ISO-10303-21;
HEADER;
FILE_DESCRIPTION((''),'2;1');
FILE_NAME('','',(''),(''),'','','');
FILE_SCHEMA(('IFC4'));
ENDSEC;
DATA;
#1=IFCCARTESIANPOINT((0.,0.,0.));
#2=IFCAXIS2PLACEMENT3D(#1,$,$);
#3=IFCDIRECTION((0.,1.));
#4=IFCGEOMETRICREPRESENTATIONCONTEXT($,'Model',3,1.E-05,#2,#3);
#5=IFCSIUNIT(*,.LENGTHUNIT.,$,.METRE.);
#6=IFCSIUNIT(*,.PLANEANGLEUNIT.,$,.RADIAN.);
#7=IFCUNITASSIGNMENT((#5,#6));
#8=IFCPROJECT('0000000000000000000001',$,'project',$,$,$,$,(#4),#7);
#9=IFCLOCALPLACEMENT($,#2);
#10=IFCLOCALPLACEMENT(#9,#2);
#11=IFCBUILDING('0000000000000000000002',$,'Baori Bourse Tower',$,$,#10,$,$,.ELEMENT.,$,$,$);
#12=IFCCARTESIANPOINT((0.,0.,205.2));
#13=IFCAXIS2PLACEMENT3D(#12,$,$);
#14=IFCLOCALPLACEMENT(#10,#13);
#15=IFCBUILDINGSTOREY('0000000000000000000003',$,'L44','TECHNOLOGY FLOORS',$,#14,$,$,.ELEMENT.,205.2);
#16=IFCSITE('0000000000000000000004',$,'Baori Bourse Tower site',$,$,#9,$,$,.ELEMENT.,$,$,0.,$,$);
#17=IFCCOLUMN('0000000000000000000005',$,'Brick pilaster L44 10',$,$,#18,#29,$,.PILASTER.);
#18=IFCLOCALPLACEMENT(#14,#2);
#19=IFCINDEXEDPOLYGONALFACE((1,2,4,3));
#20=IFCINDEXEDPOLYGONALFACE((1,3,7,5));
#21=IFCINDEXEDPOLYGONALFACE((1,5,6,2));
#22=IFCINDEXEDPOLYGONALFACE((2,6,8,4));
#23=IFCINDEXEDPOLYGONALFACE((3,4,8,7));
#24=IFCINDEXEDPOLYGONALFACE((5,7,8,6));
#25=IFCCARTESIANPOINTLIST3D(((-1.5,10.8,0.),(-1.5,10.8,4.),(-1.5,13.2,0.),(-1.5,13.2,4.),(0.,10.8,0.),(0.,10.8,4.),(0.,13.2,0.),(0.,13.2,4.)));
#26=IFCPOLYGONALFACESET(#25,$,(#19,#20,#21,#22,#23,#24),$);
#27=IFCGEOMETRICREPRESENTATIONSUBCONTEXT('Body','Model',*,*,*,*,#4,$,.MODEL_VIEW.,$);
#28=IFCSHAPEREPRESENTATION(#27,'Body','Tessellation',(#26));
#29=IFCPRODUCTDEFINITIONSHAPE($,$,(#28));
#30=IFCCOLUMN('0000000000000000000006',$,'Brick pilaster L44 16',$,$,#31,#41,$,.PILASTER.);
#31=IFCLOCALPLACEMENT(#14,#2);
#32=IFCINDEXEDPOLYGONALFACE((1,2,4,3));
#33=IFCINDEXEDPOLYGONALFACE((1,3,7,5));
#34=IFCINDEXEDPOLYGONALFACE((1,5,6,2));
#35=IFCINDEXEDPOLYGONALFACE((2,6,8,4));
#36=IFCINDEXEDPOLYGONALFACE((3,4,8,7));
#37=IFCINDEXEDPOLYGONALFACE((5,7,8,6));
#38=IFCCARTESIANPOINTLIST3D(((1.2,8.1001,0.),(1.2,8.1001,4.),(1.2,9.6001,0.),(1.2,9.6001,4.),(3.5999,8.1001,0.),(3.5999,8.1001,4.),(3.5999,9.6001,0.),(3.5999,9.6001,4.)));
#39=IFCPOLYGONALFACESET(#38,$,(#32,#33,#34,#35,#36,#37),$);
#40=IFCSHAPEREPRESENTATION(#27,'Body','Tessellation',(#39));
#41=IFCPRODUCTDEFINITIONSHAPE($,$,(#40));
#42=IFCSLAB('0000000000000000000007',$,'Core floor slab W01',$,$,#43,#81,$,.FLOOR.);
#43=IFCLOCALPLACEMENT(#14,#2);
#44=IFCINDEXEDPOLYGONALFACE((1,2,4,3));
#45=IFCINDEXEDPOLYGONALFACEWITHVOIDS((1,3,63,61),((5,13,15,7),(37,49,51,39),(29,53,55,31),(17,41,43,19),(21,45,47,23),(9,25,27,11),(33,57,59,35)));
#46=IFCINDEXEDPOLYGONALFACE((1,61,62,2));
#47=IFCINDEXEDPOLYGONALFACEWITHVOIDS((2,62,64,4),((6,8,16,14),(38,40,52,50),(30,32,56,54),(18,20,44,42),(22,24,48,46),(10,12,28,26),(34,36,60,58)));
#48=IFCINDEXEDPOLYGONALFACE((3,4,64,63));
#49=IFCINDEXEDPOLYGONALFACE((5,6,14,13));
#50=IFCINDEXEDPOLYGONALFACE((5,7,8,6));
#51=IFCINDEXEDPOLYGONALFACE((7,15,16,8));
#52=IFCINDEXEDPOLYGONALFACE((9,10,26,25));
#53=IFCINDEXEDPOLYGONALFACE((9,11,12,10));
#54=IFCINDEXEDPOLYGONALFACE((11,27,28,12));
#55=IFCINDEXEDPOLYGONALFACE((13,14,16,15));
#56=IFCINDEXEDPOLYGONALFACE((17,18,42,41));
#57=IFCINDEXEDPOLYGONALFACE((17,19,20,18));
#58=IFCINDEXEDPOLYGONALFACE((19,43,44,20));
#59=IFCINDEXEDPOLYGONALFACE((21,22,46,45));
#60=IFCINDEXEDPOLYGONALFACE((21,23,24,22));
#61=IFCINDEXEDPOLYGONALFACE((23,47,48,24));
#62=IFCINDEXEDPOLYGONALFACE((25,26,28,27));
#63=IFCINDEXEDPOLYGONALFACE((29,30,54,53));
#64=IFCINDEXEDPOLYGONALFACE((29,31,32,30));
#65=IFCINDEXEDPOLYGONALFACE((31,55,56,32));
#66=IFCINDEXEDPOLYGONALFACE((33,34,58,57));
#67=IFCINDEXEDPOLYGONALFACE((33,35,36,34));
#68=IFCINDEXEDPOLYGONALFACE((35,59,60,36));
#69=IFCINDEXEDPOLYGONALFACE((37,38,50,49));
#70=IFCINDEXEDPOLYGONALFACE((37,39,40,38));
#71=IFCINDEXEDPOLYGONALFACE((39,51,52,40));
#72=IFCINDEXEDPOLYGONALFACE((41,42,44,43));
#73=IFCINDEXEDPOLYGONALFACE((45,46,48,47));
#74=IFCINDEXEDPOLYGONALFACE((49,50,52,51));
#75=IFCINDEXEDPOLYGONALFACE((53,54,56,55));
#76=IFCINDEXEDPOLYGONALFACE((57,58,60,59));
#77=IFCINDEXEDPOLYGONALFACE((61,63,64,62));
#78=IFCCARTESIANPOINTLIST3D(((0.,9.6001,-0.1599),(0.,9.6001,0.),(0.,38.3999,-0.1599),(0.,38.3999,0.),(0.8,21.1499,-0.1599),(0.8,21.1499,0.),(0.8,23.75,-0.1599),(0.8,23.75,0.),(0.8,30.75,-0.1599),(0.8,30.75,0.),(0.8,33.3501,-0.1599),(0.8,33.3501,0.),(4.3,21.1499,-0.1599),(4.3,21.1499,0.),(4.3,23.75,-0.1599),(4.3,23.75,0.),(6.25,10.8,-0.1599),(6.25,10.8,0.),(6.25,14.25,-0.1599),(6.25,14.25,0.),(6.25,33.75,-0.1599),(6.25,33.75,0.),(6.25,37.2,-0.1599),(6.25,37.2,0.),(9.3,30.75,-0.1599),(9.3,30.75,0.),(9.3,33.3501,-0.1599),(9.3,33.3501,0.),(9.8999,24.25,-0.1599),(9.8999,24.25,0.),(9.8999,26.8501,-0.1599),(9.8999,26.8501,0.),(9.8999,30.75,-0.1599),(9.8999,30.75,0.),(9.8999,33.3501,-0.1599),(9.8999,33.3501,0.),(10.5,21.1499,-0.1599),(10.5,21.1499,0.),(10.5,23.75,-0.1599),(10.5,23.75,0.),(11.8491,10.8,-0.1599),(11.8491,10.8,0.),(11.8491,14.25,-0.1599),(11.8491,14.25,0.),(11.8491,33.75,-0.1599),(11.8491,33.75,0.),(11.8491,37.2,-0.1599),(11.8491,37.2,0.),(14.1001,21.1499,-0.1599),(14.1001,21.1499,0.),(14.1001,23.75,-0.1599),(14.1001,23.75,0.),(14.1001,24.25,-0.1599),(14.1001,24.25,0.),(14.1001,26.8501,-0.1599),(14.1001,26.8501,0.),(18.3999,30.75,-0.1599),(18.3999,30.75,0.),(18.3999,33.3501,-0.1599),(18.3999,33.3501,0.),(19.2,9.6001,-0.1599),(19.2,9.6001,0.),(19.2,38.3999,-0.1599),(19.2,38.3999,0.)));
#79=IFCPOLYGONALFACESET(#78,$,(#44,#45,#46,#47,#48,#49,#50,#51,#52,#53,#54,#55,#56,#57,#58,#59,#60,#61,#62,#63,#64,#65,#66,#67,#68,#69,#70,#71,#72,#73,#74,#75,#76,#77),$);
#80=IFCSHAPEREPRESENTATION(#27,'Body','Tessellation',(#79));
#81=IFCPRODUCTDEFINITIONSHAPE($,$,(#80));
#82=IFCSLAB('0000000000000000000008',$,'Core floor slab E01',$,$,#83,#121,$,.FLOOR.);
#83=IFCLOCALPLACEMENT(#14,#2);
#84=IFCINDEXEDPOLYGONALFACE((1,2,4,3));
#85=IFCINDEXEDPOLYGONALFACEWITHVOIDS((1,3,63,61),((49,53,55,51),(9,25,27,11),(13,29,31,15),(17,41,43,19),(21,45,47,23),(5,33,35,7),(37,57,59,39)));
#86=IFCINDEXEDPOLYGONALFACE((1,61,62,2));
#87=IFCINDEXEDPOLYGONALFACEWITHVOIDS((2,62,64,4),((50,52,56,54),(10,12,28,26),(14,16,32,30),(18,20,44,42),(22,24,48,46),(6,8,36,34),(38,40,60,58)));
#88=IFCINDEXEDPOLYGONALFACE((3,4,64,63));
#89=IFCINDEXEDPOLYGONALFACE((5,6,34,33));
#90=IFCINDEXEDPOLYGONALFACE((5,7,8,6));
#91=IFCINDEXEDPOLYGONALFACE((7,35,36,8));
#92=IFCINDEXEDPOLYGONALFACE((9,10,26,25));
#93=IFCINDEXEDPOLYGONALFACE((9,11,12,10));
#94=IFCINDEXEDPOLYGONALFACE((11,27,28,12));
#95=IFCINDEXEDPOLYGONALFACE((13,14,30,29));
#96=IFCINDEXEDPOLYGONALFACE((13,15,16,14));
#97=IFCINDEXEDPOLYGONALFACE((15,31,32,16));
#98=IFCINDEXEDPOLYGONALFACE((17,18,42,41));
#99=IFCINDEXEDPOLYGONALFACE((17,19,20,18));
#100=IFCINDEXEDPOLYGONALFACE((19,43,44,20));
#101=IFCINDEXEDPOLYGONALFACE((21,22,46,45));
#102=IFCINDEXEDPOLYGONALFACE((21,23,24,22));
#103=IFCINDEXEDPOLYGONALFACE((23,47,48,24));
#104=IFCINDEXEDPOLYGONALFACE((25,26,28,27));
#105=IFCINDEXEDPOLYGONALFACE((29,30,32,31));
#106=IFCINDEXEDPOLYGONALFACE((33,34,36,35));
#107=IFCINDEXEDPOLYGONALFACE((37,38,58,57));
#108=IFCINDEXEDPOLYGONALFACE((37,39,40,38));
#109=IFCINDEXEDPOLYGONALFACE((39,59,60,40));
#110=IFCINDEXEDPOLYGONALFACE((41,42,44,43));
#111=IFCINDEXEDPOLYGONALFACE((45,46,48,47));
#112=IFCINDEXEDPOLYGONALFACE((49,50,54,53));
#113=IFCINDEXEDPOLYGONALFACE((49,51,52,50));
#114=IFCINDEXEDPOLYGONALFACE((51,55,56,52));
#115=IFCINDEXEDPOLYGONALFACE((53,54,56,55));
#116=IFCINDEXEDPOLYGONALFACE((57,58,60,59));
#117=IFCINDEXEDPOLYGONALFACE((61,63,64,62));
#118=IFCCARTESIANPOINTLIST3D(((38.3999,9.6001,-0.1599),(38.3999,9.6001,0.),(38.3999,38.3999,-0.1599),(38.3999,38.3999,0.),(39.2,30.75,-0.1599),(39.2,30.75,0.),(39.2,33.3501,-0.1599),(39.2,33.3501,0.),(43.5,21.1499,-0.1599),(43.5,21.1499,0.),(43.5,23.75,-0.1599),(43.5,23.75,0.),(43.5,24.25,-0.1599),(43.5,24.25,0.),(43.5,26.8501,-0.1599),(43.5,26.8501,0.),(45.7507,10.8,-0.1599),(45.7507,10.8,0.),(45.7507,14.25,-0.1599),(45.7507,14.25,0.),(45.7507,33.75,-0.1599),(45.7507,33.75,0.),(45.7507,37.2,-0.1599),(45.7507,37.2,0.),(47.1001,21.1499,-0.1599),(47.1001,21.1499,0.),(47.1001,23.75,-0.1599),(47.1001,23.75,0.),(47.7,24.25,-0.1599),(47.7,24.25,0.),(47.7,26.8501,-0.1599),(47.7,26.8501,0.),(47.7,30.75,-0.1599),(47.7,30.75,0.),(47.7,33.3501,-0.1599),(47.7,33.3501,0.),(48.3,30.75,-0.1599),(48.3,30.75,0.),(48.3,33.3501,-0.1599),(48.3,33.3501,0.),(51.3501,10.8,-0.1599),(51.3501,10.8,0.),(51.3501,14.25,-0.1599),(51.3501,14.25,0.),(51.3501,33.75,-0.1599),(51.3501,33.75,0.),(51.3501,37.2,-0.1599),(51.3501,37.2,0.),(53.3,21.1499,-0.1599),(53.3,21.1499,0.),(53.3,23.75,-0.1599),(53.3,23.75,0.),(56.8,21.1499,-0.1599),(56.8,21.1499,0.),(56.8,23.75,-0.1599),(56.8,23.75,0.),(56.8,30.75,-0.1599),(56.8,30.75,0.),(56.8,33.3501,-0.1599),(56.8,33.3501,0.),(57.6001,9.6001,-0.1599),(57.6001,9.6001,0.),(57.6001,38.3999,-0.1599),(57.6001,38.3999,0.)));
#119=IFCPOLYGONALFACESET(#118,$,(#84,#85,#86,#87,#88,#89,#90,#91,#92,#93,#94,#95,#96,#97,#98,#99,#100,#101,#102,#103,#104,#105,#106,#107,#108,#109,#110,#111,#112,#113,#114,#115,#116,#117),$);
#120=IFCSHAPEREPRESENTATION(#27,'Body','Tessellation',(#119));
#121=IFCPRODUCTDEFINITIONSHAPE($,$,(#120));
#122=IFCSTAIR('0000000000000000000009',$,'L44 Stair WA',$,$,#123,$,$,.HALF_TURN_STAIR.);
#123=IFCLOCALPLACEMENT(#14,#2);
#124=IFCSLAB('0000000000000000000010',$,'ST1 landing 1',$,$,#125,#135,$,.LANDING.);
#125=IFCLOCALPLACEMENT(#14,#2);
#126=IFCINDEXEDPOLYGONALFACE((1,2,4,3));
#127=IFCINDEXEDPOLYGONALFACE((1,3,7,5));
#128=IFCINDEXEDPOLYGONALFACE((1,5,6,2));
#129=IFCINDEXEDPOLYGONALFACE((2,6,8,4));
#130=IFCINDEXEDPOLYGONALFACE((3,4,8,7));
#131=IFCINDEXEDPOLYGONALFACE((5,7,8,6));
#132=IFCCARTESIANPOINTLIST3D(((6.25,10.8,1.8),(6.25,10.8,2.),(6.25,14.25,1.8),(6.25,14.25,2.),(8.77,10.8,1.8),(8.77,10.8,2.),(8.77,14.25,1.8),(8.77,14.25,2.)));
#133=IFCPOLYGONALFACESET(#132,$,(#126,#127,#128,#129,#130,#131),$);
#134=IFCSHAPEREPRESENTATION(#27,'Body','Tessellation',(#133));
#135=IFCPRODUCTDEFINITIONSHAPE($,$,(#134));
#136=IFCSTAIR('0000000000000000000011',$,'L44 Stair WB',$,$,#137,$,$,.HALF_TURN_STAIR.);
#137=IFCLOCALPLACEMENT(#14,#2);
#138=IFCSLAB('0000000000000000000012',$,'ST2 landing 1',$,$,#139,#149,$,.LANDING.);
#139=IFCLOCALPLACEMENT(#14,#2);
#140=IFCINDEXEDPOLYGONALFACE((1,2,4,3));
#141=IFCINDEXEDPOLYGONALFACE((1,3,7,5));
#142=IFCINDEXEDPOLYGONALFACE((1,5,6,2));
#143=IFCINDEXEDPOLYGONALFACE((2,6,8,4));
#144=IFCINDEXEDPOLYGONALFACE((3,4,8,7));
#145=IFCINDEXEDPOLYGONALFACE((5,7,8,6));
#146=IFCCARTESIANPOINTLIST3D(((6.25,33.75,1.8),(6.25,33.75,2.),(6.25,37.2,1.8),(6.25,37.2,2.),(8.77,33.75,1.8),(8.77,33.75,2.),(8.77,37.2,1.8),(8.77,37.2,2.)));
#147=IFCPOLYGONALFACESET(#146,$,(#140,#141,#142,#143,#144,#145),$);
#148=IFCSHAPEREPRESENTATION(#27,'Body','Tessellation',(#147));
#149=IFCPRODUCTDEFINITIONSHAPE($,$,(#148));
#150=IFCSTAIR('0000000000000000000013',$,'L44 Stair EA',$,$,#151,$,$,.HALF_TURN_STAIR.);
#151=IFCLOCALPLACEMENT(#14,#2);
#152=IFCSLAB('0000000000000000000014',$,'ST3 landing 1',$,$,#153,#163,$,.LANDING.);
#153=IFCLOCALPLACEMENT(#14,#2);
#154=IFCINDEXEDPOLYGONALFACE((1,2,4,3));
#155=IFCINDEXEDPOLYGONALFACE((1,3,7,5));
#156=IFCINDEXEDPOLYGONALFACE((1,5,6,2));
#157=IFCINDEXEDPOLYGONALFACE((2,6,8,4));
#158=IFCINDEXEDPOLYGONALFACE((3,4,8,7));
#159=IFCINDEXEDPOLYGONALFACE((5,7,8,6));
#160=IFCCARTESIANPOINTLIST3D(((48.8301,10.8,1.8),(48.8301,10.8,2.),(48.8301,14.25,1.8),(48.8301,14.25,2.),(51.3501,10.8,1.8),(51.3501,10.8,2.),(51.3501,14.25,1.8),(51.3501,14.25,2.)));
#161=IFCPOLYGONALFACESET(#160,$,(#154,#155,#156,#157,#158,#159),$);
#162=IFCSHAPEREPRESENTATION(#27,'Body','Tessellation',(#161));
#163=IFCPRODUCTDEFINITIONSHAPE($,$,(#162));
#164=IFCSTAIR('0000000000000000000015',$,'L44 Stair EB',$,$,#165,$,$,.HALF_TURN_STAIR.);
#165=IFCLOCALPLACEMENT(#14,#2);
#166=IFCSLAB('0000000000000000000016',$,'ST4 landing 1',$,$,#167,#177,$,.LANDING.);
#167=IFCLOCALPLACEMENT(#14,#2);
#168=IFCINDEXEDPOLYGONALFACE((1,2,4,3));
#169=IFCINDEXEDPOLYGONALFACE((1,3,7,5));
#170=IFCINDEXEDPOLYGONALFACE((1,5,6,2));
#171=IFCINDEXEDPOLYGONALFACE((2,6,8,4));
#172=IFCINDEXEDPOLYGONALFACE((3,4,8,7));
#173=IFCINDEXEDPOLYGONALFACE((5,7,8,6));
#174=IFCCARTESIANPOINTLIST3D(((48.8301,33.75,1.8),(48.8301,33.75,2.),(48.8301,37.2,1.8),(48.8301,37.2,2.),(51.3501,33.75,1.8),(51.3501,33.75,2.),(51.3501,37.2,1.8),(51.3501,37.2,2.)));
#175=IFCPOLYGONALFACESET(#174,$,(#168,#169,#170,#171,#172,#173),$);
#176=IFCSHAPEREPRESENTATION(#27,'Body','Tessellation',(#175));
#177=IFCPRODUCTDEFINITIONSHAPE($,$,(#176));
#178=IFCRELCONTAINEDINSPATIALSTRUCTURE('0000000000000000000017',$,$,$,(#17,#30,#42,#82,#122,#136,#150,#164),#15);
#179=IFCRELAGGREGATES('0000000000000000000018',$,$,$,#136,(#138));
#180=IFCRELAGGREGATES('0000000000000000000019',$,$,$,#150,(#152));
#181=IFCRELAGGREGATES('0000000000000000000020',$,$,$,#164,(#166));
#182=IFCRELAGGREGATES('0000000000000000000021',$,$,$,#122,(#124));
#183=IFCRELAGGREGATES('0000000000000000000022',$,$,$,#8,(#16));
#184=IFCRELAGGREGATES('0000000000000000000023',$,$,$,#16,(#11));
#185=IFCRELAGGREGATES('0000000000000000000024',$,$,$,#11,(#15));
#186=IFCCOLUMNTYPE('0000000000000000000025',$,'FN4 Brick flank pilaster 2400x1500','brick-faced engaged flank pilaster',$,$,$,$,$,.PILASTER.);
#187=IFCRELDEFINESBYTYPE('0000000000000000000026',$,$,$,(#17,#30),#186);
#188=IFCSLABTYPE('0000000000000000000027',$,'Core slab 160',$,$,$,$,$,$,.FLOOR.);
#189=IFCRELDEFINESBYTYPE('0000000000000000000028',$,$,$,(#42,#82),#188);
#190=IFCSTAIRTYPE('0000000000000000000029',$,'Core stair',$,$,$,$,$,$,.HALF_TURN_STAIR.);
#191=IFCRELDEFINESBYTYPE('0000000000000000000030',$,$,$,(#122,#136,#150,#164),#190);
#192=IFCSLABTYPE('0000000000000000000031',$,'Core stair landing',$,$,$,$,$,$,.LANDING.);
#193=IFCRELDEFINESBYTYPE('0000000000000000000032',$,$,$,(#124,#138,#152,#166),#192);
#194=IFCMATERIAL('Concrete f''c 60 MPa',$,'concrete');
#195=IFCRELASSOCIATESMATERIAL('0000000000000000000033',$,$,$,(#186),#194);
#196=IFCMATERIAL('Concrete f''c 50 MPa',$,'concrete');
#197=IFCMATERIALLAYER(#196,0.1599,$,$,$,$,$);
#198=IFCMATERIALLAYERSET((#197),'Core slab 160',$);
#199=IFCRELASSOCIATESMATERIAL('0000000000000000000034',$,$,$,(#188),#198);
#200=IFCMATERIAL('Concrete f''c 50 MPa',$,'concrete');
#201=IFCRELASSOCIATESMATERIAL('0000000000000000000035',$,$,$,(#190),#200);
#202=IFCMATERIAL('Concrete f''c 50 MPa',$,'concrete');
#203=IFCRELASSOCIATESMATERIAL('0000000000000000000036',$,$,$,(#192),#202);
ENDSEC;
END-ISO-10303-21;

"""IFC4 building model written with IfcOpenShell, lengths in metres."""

from ifc_helpers import new_model, si_unit, direction, frame, origin, origin_2d, place, context, subcontext, project, spatial, polyline, rectangle, outline, extrude, material, layer, layer_set, material_profile, profile_set, type_object, element, aggregate, save


model = new_model("IFC4")

# Units and contexts
model_context = context("Model", 3, precision=1e-05, world=origin(), true_north=direction((0.0, 1.0)))
body_context = subcontext(model_context, "Body", "Model", "MODEL_VIEW")
ifc_project = project(units=[si_unit("LENGTHUNIT", "METRE"), si_unit("PLANEANGLEUNIT", "RADIAN")], contexts=[model_context])

# Site, building, storey
site_placement = place(None, origin())
site = spatial("IfcSite", under=ifc_project, at=site_placement, Name="Baori Bourse Tower site", CompositionType="ELEMENT", RefElevation=0.0)
building_placement = place(site_placement, origin())
building = spatial("IfcBuilding", under=site, at=building_placement, Name="Baori Bourse Tower", CompositionType="ELEMENT")
storey_placement = place(building_placement, frame((0.0, 0.0, 205.2)))
storey = spatial("IfcBuildingStorey", under=building, at=storey_placement, Name="L44", Description="TECHNOLOGY FLOORS", CompositionType="ELEMENT", Elevation=205.2)

# Columns
ifc_material_1 = material(Name="Concrete f'c 60 MPa", Category="concrete")
ifc_material_profile = material_profile(ifc_material_1, rectangle(XDim=2.3999, YDim=1.5, at=origin_2d()), Name="RC 2400x1500")
ifc_profile_set = profile_set([ifc_material_profile], Name="Concrete f'c 60 MPa")
column_type = type_object("IfcColumnType", Name="FN4 Brick flank pilaster 2400x1500", Description="brick-faced engaged flank pilaster", PredefinedType="PILASTER", material=ifc_profile_set)
for number, where, z_axis, x_axis, name in (
    (1, (-0.75, 12.0, 0.0), (0.0, 0.0, 1.0), (0.0, 1.0, 0.0), "Brick pilaster L44 10"),
    (2, (2.3999, 8.8501, 0.0), (0.0, 0.0, 1.0), (1.0, 0.0, 0.0), "Brick pilaster L44 16"),
):
    element("IfcColumn", number, at=place(storey_placement, frame(where, z_axis=z_axis, x_axis=x_axis)), inside=storey, type_object=column_type, Name=name, PredefinedType="PILASTER", context=body_context, shape_type="SweptSolid", body=[
        extrude(rectangle(XDim=2.3999, YDim=1.5, at=origin_2d()), origin(), (0.0, 0.0, 1.0), 4.0),
    ])

# Slabs
ifc_material_2 = material(Name="Concrete f'c 50 MPa", Category="concrete")
ifc_layer_1 = layer(ifc_material_2, 0.1599)
ifc_layer_set_1 = layer_set([ifc_layer_1], Name="Core slab 160")
slab_type_1 = type_object("IfcSlabType", Name="Core slab 160", PredefinedType="FLOOR", material=ifc_layer_set_1)
slab_1_placement = place(storey_placement, frame((0.0, 0.0, -0.1599)))
element("IfcSlab", 3, at=slab_1_placement, inside=storey, type_object=slab_type_1, Name="Core floor slab W01", PredefinedType="FLOOR", context=body_context, shape_type="SweptSolid", body=[
    extrude(outline(polyline([(19.2, 38.3999), (0.0, 38.3999), (0.0, 9.6001), (19.2, 9.6001), (19.2, 38.3999)]), holes=[polyline([(9.8999, 33.3501), (18.3999, 33.3501), (18.3999, 30.75), (9.8999, 30.75), (9.8999, 33.3501)]), polyline([(10.5, 21.1499), (10.5, 23.75), (14.1001, 23.75), (14.1001, 21.1499), (10.5, 21.1499)]), polyline([(14.1001, 24.25), (9.8999, 24.25), (9.8999, 26.8501), (14.1001, 26.8501), (14.1001, 24.25)]), polyline([(6.25, 14.25), (11.8491, 14.25), (11.8491, 10.8), (6.25, 10.8), (6.25, 14.25)]), polyline([(11.8491, 37.2), (11.8491, 33.75), (6.25, 33.75), (6.25, 37.2), (11.8491, 37.2)]), polyline([(0.8, 30.75), (0.8, 33.3501), (9.3, 33.3501), (9.3, 30.75), (0.8, 30.75)]), polyline([(4.3, 23.75), (4.3, 21.1499), (0.8, 21.1499), (0.8, 23.75), (4.3, 23.75)])]), origin(), (0.0, 0.0, 1.0), 0.1599),
])
slab_2_placement = place(storey_placement, frame((0.0, 0.0, -0.1599)))
element("IfcSlab", 4, at=slab_2_placement, inside=storey, type_object=slab_type_1, Name="Core floor slab E01", PredefinedType="FLOOR", context=body_context, shape_type="SweptSolid", body=[
    extrude(outline(polyline([(57.6001, 9.6001), (57.6001, 38.3999), (38.3999, 38.3999), (38.3999, 9.6001), (57.6001, 9.6001)]), holes=[polyline([(48.3, 33.3501), (56.8, 33.3501), (56.8, 30.75), (48.3, 30.75), (48.3, 33.3501)]), polyline([(56.8, 21.1499), (53.3, 21.1499), (53.3, 23.75), (56.8, 23.75), (56.8, 21.1499)]), polyline([(45.7507, 14.25), (51.3501, 14.25), (51.3501, 10.8), (45.7507, 10.8), (45.7507, 14.25)]), polyline([(51.3501, 37.2), (51.3501, 33.75), (45.7507, 33.75), (45.7507, 37.2), (51.3501, 37.2)]), polyline([(43.5, 24.25), (43.5, 26.8501), (47.7, 26.8501), (47.7, 24.25), (43.5, 24.25)]), polyline([(47.7, 33.3501), (47.7, 30.75), (39.2, 30.75), (39.2, 33.3501), (47.7, 33.3501)]), polyline([(43.5, 23.75), (47.1001, 23.75), (47.1001, 21.1499), (43.5, 21.1499), (43.5, 23.75)])]), origin(), (0.0, 0.0, 1.0), 0.1599),
])

# Stairs, slabs
ifc_material_3 = material(Name="Concrete f'c 50 MPa", Category="concrete")
stair_type = type_object("IfcStairType", Name="Core stair", PredefinedType="HALF_TURN_STAIR", material=ifc_material_3)
stair_1_placement = place(storey_placement, origin())
stair_1 = element("IfcStair", 5, at=stair_1_placement, inside=storey, type_object=stair_type, Name="L44 Stair WA", PredefinedType="HALF_TURN_STAIR")
ifc_material_4 = material(Name="Concrete f'c 50 MPa", Category="concrete")
slab_type_2 = type_object("IfcSlabType", Name="Core stair landing", PredefinedType="LANDING", material=ifc_material_4)
slab_3_placement = place(storey_placement, frame((0.0, 0.0, 1.8)))
slab_3 = element("IfcSlab", 6, at=slab_3_placement, type_object=slab_type_2, Name="ST1 landing 1", PredefinedType="LANDING", context=body_context, shape_type="SweptSolid", body=[
    extrude(outline(polyline([(8.77, 14.25), (6.25, 14.25), (6.25, 10.8), (8.77, 10.8), (8.77, 14.25)])), origin(), (0.0, 0.0, 1.0), 0.2),
])
stair_2_placement = place(storey_placement, origin())
stair_2 = element("IfcStair", 7, at=stair_2_placement, inside=storey, type_object=stair_type, Name="L44 Stair WB", PredefinedType="HALF_TURN_STAIR")
slab_4_placement = place(storey_placement, frame((0.0, 0.0, 1.8)))
slab_4 = element("IfcSlab", 8, at=slab_4_placement, type_object=slab_type_2, Name="ST2 landing 1", PredefinedType="LANDING", context=body_context, shape_type="SweptSolid", body=[
    extrude(outline(polyline([(8.77, 37.2), (6.25, 37.2), (6.25, 33.75), (8.77, 33.75), (8.77, 37.2)])), origin(), (0.0, 0.0, 1.0), 0.2),
])
aggregate(stair_2, [slab_4])
stair_3_placement = place(storey_placement, origin())
stair_3 = element("IfcStair", 9, at=stair_3_placement, inside=storey, type_object=stair_type, Name="L44 Stair EA", PredefinedType="HALF_TURN_STAIR")
slab_5_placement = place(storey_placement, frame((0.0, 0.0, 1.8)))
slab_5 = element("IfcSlab", 10, at=slab_5_placement, type_object=slab_type_2, Name="ST3 landing 1", PredefinedType="LANDING", context=body_context, shape_type="SweptSolid", body=[
    extrude(outline(polyline([(48.8301, 10.8), (51.3501, 10.8), (51.3501, 14.25), (48.8301, 14.25), (48.8301, 10.8)])), origin(), (0.0, 0.0, 1.0), 0.2),
])
aggregate(stair_3, [slab_5])
stair_4_placement = place(storey_placement, origin())
stair_4 = element("IfcStair", 11, at=stair_4_placement, inside=storey, type_object=stair_type, Name="L44 Stair EB", PredefinedType="HALF_TURN_STAIR")
slab_6_placement = place(storey_placement, frame((0.0, 0.0, 1.8)))
slab_6 = element("IfcSlab", 12, at=slab_6_placement, type_object=slab_type_2, Name="ST4 landing 1", PredefinedType="LANDING", context=body_context, shape_type="SweptSolid", body=[
    extrude(outline(polyline([(48.8301, 33.75), (51.3501, 33.75), (51.3501, 37.2), (48.8301, 37.2), (48.8301, 33.75)])), origin(), (0.0, 0.0, 1.0), 0.2),
])
aggregate(stair_4, [slab_6])

aggregate(stair_1, [slab_3])

save(model, "model.ifc")
